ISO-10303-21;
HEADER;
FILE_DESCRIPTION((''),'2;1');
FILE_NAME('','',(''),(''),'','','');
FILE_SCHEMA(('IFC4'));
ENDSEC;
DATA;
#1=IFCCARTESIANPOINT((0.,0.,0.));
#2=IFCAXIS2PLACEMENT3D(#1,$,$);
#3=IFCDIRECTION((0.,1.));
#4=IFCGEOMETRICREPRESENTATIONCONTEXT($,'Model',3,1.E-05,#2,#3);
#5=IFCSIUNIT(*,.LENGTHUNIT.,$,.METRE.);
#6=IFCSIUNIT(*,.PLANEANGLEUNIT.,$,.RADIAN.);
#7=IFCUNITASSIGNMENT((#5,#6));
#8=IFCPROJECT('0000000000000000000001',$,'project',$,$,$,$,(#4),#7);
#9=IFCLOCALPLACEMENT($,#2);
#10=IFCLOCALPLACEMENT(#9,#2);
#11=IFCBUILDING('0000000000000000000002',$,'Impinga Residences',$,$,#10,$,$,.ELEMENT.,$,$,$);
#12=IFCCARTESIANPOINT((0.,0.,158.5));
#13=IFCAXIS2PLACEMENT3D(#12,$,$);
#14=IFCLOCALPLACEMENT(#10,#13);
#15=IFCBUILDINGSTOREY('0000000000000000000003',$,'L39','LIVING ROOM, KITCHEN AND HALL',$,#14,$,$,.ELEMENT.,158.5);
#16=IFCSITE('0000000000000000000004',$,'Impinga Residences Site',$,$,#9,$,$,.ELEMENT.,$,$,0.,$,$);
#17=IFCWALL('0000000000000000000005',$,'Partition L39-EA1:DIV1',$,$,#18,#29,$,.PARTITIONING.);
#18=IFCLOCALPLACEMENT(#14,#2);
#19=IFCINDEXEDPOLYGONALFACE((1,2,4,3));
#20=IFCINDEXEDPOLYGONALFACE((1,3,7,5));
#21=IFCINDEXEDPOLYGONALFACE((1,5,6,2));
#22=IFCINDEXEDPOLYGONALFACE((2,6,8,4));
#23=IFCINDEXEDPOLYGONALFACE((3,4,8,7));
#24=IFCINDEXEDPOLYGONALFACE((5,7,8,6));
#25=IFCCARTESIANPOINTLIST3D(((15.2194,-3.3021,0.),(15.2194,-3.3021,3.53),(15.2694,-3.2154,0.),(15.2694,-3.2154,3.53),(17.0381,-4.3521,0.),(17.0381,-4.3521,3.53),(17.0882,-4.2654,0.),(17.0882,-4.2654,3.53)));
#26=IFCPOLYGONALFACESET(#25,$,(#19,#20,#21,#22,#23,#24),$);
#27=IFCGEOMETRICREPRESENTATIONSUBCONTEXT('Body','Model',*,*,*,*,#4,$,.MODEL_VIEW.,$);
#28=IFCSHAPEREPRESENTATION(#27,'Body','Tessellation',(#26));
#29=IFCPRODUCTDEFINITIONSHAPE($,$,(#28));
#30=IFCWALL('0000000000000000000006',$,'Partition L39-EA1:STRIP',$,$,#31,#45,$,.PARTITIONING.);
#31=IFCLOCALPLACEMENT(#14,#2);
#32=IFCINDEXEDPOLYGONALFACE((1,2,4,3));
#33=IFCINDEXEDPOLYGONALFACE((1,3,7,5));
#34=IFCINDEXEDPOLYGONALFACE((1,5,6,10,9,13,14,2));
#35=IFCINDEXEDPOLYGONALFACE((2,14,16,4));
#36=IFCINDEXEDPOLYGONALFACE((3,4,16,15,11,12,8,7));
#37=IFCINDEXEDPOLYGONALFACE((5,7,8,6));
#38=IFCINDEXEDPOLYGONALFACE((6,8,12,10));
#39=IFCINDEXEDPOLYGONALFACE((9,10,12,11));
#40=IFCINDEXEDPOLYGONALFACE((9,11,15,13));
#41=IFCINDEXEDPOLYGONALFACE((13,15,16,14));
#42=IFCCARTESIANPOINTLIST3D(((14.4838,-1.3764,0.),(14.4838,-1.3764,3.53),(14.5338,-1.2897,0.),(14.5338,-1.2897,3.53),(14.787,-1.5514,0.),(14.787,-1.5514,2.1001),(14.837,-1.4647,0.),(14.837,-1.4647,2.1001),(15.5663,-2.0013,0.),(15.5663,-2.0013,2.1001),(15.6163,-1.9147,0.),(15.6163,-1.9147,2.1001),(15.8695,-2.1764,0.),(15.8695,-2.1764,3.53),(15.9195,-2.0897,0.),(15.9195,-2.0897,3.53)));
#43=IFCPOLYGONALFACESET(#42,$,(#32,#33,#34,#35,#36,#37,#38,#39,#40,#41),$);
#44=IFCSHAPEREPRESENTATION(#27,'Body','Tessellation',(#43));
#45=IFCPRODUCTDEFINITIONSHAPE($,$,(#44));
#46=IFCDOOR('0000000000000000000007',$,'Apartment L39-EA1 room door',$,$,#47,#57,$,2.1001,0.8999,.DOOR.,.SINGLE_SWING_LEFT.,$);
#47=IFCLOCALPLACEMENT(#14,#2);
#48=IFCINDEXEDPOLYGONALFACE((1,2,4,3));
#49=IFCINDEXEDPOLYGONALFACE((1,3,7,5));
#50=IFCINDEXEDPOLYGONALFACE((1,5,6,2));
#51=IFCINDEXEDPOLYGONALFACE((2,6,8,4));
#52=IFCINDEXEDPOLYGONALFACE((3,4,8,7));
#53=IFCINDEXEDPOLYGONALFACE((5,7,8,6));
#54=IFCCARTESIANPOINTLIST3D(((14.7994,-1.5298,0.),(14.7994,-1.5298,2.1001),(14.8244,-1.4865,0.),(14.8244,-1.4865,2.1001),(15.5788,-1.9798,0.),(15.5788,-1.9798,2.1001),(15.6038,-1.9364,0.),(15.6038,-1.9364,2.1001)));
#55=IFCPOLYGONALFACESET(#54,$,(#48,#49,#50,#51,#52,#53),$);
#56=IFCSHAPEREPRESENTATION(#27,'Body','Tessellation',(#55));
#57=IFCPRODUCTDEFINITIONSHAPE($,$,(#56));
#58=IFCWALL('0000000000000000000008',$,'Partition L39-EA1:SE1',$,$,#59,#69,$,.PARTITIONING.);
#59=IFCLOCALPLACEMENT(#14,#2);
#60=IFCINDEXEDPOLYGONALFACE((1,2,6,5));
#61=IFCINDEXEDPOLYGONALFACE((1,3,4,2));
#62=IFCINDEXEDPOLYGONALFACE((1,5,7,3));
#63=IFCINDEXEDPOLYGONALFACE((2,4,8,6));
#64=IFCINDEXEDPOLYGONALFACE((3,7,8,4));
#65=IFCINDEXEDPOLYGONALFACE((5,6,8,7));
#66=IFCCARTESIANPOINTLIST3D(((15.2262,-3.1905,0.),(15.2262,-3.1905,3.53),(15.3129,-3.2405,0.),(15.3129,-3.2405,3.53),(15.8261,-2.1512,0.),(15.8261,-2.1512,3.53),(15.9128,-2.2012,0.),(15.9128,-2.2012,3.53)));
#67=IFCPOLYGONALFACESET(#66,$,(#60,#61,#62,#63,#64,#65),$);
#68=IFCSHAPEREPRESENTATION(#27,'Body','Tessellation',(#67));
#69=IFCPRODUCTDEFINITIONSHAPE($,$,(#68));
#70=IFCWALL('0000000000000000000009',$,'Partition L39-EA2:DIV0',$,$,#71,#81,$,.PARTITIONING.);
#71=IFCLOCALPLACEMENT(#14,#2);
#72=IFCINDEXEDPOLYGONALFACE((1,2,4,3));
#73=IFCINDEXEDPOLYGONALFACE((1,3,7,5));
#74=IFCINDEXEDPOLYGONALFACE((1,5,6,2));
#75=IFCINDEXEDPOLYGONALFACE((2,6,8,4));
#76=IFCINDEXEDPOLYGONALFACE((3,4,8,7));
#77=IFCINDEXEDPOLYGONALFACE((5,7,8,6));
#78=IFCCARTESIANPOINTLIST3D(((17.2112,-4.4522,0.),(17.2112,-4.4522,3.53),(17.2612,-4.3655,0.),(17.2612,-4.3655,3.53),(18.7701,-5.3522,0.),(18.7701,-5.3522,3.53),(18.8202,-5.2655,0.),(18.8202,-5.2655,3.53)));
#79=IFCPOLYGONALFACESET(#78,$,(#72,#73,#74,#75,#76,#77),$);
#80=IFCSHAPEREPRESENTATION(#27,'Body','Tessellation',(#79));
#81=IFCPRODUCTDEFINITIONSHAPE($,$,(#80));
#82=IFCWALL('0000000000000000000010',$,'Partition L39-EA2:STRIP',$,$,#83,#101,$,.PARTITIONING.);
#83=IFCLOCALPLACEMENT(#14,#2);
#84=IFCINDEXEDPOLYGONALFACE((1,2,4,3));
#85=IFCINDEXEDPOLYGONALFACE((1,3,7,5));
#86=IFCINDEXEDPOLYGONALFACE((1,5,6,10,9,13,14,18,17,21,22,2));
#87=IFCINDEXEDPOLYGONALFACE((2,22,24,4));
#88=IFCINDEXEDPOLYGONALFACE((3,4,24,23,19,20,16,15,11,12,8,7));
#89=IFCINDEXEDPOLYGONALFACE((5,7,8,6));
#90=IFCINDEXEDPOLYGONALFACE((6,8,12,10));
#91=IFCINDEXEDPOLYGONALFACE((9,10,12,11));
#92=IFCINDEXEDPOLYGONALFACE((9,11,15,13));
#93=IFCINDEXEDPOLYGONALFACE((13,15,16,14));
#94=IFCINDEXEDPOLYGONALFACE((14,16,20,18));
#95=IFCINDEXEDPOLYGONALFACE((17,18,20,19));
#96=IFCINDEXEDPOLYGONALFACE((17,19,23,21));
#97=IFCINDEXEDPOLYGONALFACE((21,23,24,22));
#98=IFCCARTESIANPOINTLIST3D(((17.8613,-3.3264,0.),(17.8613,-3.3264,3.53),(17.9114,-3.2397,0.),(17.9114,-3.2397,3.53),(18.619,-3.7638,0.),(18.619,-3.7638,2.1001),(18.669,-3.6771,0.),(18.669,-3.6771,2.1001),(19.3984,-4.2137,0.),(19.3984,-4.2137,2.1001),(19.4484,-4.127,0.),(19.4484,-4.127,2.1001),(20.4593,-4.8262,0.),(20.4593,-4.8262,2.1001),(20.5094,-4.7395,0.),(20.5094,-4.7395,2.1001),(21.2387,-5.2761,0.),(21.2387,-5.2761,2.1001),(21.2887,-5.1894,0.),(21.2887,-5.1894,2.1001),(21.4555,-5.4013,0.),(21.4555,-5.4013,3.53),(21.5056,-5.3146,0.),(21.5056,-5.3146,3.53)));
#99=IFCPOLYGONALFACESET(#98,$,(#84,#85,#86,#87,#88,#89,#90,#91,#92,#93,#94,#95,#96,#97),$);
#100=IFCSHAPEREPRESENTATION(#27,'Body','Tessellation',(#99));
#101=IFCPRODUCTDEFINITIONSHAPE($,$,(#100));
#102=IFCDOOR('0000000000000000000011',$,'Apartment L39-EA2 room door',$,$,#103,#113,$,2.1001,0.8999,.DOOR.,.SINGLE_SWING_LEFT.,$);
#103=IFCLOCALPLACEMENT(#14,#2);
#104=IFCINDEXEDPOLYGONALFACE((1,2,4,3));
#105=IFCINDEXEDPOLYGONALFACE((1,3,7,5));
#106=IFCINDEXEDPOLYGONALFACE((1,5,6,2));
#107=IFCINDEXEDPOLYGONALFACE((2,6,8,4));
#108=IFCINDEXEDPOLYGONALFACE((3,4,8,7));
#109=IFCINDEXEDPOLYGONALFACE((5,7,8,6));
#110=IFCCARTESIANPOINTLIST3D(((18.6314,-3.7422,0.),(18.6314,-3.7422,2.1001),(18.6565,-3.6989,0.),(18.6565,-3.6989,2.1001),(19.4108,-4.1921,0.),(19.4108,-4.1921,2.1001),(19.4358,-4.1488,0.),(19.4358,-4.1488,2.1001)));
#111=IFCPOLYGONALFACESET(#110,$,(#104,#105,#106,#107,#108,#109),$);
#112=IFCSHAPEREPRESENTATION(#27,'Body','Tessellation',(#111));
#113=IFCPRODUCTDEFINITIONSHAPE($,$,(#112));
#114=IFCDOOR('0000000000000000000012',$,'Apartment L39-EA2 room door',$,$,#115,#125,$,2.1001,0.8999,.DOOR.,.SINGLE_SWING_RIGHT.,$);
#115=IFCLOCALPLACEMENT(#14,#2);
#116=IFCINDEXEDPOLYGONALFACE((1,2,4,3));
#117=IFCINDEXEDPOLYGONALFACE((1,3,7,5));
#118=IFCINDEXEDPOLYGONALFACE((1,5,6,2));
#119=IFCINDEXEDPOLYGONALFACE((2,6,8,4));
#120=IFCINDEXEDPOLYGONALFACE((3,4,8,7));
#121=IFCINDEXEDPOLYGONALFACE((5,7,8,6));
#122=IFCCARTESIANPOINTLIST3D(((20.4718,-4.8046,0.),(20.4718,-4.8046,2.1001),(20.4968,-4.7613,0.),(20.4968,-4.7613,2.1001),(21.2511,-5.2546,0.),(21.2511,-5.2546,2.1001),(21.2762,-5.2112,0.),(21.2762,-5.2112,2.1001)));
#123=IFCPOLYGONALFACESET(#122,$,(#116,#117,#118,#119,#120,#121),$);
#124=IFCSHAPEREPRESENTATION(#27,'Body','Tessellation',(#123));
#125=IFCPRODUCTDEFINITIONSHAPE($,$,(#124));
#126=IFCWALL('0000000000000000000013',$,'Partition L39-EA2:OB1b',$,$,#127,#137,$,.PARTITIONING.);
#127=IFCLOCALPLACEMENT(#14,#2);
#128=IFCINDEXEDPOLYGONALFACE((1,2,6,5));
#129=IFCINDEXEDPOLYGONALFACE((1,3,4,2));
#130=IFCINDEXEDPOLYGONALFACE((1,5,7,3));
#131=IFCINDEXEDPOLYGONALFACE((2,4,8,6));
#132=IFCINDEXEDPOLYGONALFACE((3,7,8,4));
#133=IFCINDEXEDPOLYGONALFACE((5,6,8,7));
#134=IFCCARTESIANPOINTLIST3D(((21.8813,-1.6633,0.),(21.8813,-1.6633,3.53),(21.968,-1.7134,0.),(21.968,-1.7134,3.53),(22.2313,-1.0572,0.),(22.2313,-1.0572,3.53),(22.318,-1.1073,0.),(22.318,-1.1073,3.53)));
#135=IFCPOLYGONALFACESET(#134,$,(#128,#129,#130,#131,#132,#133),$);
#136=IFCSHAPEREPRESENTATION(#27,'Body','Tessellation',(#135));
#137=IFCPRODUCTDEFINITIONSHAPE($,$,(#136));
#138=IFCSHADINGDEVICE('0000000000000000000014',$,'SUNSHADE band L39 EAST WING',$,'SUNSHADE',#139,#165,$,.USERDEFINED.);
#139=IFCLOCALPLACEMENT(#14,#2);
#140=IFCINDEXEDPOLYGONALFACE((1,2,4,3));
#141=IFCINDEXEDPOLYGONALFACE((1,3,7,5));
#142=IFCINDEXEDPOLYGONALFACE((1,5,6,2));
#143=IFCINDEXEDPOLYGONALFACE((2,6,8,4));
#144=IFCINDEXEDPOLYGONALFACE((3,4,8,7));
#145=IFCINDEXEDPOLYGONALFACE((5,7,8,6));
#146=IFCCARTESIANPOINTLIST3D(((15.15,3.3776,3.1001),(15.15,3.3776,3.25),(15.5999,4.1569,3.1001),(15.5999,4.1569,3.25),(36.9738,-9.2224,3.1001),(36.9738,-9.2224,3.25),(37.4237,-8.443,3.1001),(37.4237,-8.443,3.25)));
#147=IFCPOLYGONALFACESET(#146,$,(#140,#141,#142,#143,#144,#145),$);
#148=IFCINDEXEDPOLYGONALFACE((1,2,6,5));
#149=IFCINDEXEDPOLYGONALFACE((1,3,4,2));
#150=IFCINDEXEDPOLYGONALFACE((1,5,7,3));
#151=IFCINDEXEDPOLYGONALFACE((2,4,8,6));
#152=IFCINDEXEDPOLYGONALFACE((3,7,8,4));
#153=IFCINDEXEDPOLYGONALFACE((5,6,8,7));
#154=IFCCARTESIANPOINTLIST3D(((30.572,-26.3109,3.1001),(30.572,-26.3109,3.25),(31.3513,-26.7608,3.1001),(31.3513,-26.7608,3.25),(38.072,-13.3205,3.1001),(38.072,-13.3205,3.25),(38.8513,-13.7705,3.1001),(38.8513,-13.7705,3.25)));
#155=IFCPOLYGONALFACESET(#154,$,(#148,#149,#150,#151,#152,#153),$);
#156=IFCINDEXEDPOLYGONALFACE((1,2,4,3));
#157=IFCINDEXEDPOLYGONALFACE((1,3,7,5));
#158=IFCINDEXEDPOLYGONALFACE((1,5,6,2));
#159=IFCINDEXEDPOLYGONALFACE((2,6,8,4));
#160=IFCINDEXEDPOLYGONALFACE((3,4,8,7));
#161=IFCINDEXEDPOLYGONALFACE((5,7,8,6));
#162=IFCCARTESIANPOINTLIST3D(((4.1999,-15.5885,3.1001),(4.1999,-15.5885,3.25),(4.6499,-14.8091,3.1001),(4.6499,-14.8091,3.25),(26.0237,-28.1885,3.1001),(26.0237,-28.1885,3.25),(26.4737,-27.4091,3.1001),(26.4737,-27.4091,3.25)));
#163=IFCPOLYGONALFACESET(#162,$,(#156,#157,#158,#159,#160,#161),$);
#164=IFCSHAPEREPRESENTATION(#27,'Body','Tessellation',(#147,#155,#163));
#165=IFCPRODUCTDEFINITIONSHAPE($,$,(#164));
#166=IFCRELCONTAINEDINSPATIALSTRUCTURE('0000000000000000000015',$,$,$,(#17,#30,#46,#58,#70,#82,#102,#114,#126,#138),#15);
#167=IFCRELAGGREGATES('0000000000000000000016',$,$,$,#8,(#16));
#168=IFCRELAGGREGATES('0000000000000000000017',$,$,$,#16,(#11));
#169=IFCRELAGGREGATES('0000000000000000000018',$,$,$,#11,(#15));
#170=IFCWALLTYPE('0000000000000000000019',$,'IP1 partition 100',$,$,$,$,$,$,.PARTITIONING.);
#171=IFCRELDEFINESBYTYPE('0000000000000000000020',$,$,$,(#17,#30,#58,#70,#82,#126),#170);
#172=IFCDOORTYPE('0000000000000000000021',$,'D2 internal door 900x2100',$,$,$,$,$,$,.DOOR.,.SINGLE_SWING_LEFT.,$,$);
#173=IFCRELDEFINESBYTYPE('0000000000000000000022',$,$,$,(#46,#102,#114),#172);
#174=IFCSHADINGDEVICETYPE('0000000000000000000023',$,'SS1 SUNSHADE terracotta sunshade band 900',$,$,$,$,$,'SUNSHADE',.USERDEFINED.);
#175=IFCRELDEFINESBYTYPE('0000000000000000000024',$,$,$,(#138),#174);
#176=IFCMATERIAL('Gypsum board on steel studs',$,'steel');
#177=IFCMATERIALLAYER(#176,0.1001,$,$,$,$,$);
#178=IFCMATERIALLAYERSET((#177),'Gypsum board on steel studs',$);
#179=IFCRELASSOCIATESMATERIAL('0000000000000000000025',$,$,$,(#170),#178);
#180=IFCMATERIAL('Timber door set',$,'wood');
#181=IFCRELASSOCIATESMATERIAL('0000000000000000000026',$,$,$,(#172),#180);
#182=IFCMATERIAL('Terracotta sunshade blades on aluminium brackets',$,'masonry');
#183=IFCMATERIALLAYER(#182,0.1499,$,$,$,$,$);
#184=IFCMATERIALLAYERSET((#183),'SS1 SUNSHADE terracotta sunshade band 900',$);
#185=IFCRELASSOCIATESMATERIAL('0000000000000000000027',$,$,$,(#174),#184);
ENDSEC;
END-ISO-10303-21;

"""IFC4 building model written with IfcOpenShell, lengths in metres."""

from ifc_helpers import new_model, si_unit, direction, frame, frame_2d, origin, origin_2d, place, context, subcontext, project, spatial, rectangle, extrude, material, layer, layer_set, type_object, element, fill, save


model = new_model("IFC4")

# Units and contexts
model_context = context("Model", 3, precision=1e-05, world=origin(), true_north=direction((0.0, 1.0)))
body_context = subcontext(model_context, "Body", "Model", "MODEL_VIEW")
ifc_project = project(units=[si_unit("LENGTHUNIT", "METRE"), si_unit("PLANEANGLEUNIT", "RADIAN")], contexts=[model_context])

# Site, building, storey
site_placement = place(None, origin())
site = spatial("IfcSite", under=ifc_project, at=site_placement, Name="Impinga Residences Site", CompositionType="ELEMENT", RefElevation=0.0)
building_placement = place(site_placement, origin())
building = spatial("IfcBuilding", under=site, at=building_placement, Name="Impinga Residences", CompositionType="ELEMENT")
storey_placement = place(building_placement, frame((0.0, 0.0, 158.5)))
storey = spatial("IfcBuildingStorey", under=building, at=storey_placement, Name="L39", Description="LIVING ROOM, KITCHEN AND HALL", CompositionType="ELEMENT", Elevation=158.5)

# Wall
ifc_material_1 = material(Name="Gypsum board on steel studs", Category="steel")
ifc_layer_1 = layer(ifc_material_1, 0.1001)
ifc_layer_set_1 = layer_set([ifc_layer_1], Name="Gypsum board on steel studs")
wall_type_1 = type_object("IfcWallType", Name="IP1 partition 100", PredefinedType="PARTITIONING", material=ifc_layer_set_1)
wall_1_placement = place(storey_placement, frame((15.2444, -3.2588, 0.0), z_axis=(0.0, 0.0, 1.0), x_axis=(0.866038, -0.499977, 0.0)))
element("IfcWall", 1, at=wall_1_placement, inside=storey, type_object=wall_type_1, Name="Partition L39-EA1:DIV1", PredefinedType="PARTITIONING", context=body_context, shape_type="SweptSolid", body=[
    extrude(rectangle(XDim=2.1001, YDim=0.1001, at=frame_2d((1.05, 0.0))), origin(), (0.0, 0.0, 1.0), 3.53),
])

# Wall, opening, door
wall_2_placement = place(storey_placement, frame((14.5088, -1.333, 0.0), z_axis=(0.0, 0.0, 1.0), x_axis=(0.866028, -0.499995, 0.0)))
wall_2 = element("IfcWall", 2, at=wall_2_placement, inside=storey, type_object=wall_type_1, Name="Partition L39-EA1:STRIP", PredefinedType="PARTITIONING", context=body_context, shape_type="SweptSolid", body=[
    extrude(rectangle(XDim=1.6001, YDim=0.1001, at=frame_2d((0.8, 0.0))), origin(), (0.0, 0.0, 1.0), 3.53),
])
opening_1_placement = place(wall_2_placement, frame((0.3501, 0.0, 0.0)))
opening_1 = element("IfcOpeningElement", 3, at=opening_1_placement, cuts=wall_2, PredefinedType="OPENING", context=body_context, shape_type="SweptSolid", body=[
    extrude(rectangle(XDim=0.8999, YDim=2.1001, at=frame_2d((0.45, 1.05))), frame((0.0, 0.0601, 0.0), z_axis=(0.0, -1.0, 0.0), x_axis=(1.0, 0.0, 0.0)), (0.0, 0.0, 1.0), 0.1201),
])
ifc_material_2 = material(Name="Timber door set", Category="wood")
door_type = type_object("IfcDoorType", Name="D2 internal door 900x2100", OperationType="SINGLE_SWING_LEFT", PredefinedType="DOOR", material=ifc_material_2)
door_1_placement = place(opening_1_placement, origin())
door_1 = element("IfcDoor", 4, at=door_1_placement, inside=storey, type_object=door_type, Name="Apartment L39-EA1 room door", OperationType="SINGLE_SWING_LEFT", OverallHeight=2.1001, OverallWidth=0.8999, PredefinedType="DOOR", context=body_context, shape_type="SweptSolid", body=[
    extrude(rectangle(XDim=0.8999, YDim=2.1001, at=frame_2d((0.45, 1.05))), frame((0.0, 0.0249, 0.0), z_axis=(0.0, -1.0, 0.0), x_axis=(1.0, 0.0, 0.0)), (0.0, 0.0, 1.0), 0.05),
])
fill(opening_1, door_1)

# Walls
wall_3_placement = place(storey_placement, frame((15.2695, -3.2156, 0.0), z_axis=(0.0, 0.0, 1.0), x_axis=(0.499881, 0.866094, 0.0)))
element("IfcWall", 5, at=wall_3_placement, inside=storey, type_object=wall_type_1, Name="Partition L39-EA1:SE1", PredefinedType="PARTITIONING", context=body_context, shape_type="SweptSolid", body=[
    extrude(rectangle(XDim=1.2, YDim=0.1001, at=frame_2d((0.6001, 0.0))), origin(), (0.0, 0.0, 1.0), 3.53),
])
wall_4_placement = place(storey_placement, frame((17.2363, -4.4089, 0.0), z_axis=(0.0, 0.0, 1.0), x_axis=(0.866048, -0.499961, 0.0)))
element("IfcWall", 6, at=wall_4_placement, inside=storey, type_object=wall_type_1, Name="Partition L39-EA2:DIV0", PredefinedType="PARTITIONING", context=body_context, shape_type="SweptSolid", body=[
    extrude(rectangle(XDim=1.8, YDim=0.1001, at=frame_2d((0.8999, 0.0))), origin(), (0.0, 0.0, 1.0), 3.53),
])

# Wall, openings, doors
wall_5_placement = place(storey_placement, frame((17.8862, -3.283, 0.0), z_axis=(0.0, 0.0, 1.0), x_axis=(0.866045, -0.499967, 0.0)))
wall_5 = element("IfcWall", 7, at=wall_5_placement, inside=storey, type_object=wall_type_1, Name="Partition L39-EA2:STRIP", PredefinedType="PARTITIONING", context=body_context, shape_type="SweptSolid", body=[
    extrude(rectangle(XDim=4.1501, YDim=0.1001, at=frame_2d((2.0752, 0.0))), origin(), (0.0, 0.0, 1.0), 3.53),
])
opening_2_placement = place(wall_5_placement, frame((0.875, 0.0, 0.0)))
opening_2 = element("IfcOpeningElement", 8, at=opening_2_placement, cuts=wall_5, PredefinedType="OPENING", context=body_context, shape_type="SweptSolid", body=[
    extrude(rectangle(XDim=0.8999, YDim=2.1001, at=frame_2d((0.45, 1.05))), frame((0.0, 0.0601, 0.0), z_axis=(0.0, -1.0, 0.0), x_axis=(1.0, 0.0, 0.0)), (0.0, 0.0, 1.0), 0.1201),
])
opening_3_placement = place(wall_5_placement, frame((3.0, 0.0, 0.0)))
opening_3 = element("IfcOpeningElement", 9, at=opening_3_placement, cuts=wall_5, PredefinedType="OPENING", context=body_context, shape_type="SweptSolid", body=[
    extrude(rectangle(XDim=0.8999, YDim=2.1001, at=frame_2d((0.45, 1.05))), frame((0.0, 0.0601, 0.0), z_axis=(0.0, -1.0, 0.0), x_axis=(1.0, 0.0, 0.0)), (0.0, 0.0, 1.0), 0.1201),
])
door_2_placement = place(opening_2_placement, origin())
door_2 = element("IfcDoor", 10, at=door_2_placement, inside=storey, type_object=door_type, Name="Apartment L39-EA2 room door", OperationType="SINGLE_SWING_LEFT", OverallHeight=2.1001, OverallWidth=0.8999, PredefinedType="DOOR", context=body_context, shape_type="SweptSolid", body=[
    extrude(rectangle(XDim=0.8999, YDim=2.1001, at=frame_2d((0.45, 1.05))), frame((0.0, 0.0249, 0.0), z_axis=(0.0, -1.0, 0.0), x_axis=(1.0, 0.0, 0.0)), (0.0, 0.0, 1.0), 0.05),
])
fill(opening_2, door_2)
door_3_placement = place(opening_3_placement, origin())
door_3 = element("IfcDoor", 11, at=door_3_placement, inside=storey, type_object=door_type, Name="Apartment L39-EA2 room door", OperationType="SINGLE_SWING_RIGHT", OverallHeight=2.1001, OverallWidth=0.8999, PredefinedType="DOOR", context=body_context, shape_type="SweptSolid", body=[
    extrude(rectangle(XDim=0.8999, YDim=2.1001, at=frame_2d((0.45, 1.05))), frame((0.0, 0.0249, 0.0), z_axis=(0.0, -1.0, 0.0), x_axis=(1.0, 0.0, 0.0)), (0.0, 0.0, 1.0), 0.05),
])
fill(opening_3, door_3)

# Wall
wall_6_placement = place(storey_placement, frame((21.9246, -1.6885, 0.0), z_axis=(0.0, 0.0, 1.0), x_axis=(0.500115, 0.865959, 0.0)))
element("IfcWall", 12, at=wall_6_placement, inside=storey, type_object=wall_type_1, Name="Partition L39-EA2:OB1b", PredefinedType="PARTITIONING", context=body_context, shape_type="SweptSolid", body=[
    extrude(rectangle(XDim=0.7, YDim=0.1001, at=frame_2d((0.3501, 0.0))), origin(), (0.0, 0.0, 1.0), 3.53),
])

# Shading device
ifc_material_3 = material(Name="Terracotta sunshade blades on aluminium brackets", Category="masonry")
ifc_layer_2 = layer(ifc_material_3, 0.1499)
ifc_layer_set_2 = layer_set([ifc_layer_2], Name="SS1 SUNSHADE terracotta sunshade band 900")
shading_device_type = type_object("IfcShadingDeviceType", Name="SS1 SUNSHADE terracotta sunshade band 900", ElementType="SUNSHADE", PredefinedType="USERDEFINED", material=ifc_layer_set_2)
shading_device_placement = place(storey_placement, frame((26.2869, -2.5327, 3.1001), z_axis=(0.0, 0.0, 1.0), x_axis=(0.866025, -0.5, 0.0)))
element("IfcShadingDevice", 13, at=shading_device_placement, inside=storey, type_object=shading_device_type, Name="SUNSHADE band L39 EAST WING", ObjectType="SUNSHADE", PredefinedType="USERDEFINED", context=body_context, shape_type="SweptSolid", body=[
    extrude(rectangle(XDim=25.2, YDim=0.8999, at=origin_2d()), origin(), (0.0, 0.0, 1.0), 0.1499),
    extrude(rectangle(XDim=15.0, YDim=0.8999, at=origin_2d()), frame((16.05, -10.95, 0.0), z_axis=(0.0, 0.0, 1.0), x_axis=(0.0, -1.0, 0.0)), (0.0, 0.0, 1.0), 0.1499),
    extrude(rectangle(XDim=25.2, YDim=0.8999, at=origin_2d()), frame((0.0, -21.9001, 0.0), z_axis=(0.0, 0.0, 1.0), x_axis=(-1.0, 0.0, 0.0)), (0.0, 0.0, 1.0), 0.1499),
])

save(model, "model.ifc")
